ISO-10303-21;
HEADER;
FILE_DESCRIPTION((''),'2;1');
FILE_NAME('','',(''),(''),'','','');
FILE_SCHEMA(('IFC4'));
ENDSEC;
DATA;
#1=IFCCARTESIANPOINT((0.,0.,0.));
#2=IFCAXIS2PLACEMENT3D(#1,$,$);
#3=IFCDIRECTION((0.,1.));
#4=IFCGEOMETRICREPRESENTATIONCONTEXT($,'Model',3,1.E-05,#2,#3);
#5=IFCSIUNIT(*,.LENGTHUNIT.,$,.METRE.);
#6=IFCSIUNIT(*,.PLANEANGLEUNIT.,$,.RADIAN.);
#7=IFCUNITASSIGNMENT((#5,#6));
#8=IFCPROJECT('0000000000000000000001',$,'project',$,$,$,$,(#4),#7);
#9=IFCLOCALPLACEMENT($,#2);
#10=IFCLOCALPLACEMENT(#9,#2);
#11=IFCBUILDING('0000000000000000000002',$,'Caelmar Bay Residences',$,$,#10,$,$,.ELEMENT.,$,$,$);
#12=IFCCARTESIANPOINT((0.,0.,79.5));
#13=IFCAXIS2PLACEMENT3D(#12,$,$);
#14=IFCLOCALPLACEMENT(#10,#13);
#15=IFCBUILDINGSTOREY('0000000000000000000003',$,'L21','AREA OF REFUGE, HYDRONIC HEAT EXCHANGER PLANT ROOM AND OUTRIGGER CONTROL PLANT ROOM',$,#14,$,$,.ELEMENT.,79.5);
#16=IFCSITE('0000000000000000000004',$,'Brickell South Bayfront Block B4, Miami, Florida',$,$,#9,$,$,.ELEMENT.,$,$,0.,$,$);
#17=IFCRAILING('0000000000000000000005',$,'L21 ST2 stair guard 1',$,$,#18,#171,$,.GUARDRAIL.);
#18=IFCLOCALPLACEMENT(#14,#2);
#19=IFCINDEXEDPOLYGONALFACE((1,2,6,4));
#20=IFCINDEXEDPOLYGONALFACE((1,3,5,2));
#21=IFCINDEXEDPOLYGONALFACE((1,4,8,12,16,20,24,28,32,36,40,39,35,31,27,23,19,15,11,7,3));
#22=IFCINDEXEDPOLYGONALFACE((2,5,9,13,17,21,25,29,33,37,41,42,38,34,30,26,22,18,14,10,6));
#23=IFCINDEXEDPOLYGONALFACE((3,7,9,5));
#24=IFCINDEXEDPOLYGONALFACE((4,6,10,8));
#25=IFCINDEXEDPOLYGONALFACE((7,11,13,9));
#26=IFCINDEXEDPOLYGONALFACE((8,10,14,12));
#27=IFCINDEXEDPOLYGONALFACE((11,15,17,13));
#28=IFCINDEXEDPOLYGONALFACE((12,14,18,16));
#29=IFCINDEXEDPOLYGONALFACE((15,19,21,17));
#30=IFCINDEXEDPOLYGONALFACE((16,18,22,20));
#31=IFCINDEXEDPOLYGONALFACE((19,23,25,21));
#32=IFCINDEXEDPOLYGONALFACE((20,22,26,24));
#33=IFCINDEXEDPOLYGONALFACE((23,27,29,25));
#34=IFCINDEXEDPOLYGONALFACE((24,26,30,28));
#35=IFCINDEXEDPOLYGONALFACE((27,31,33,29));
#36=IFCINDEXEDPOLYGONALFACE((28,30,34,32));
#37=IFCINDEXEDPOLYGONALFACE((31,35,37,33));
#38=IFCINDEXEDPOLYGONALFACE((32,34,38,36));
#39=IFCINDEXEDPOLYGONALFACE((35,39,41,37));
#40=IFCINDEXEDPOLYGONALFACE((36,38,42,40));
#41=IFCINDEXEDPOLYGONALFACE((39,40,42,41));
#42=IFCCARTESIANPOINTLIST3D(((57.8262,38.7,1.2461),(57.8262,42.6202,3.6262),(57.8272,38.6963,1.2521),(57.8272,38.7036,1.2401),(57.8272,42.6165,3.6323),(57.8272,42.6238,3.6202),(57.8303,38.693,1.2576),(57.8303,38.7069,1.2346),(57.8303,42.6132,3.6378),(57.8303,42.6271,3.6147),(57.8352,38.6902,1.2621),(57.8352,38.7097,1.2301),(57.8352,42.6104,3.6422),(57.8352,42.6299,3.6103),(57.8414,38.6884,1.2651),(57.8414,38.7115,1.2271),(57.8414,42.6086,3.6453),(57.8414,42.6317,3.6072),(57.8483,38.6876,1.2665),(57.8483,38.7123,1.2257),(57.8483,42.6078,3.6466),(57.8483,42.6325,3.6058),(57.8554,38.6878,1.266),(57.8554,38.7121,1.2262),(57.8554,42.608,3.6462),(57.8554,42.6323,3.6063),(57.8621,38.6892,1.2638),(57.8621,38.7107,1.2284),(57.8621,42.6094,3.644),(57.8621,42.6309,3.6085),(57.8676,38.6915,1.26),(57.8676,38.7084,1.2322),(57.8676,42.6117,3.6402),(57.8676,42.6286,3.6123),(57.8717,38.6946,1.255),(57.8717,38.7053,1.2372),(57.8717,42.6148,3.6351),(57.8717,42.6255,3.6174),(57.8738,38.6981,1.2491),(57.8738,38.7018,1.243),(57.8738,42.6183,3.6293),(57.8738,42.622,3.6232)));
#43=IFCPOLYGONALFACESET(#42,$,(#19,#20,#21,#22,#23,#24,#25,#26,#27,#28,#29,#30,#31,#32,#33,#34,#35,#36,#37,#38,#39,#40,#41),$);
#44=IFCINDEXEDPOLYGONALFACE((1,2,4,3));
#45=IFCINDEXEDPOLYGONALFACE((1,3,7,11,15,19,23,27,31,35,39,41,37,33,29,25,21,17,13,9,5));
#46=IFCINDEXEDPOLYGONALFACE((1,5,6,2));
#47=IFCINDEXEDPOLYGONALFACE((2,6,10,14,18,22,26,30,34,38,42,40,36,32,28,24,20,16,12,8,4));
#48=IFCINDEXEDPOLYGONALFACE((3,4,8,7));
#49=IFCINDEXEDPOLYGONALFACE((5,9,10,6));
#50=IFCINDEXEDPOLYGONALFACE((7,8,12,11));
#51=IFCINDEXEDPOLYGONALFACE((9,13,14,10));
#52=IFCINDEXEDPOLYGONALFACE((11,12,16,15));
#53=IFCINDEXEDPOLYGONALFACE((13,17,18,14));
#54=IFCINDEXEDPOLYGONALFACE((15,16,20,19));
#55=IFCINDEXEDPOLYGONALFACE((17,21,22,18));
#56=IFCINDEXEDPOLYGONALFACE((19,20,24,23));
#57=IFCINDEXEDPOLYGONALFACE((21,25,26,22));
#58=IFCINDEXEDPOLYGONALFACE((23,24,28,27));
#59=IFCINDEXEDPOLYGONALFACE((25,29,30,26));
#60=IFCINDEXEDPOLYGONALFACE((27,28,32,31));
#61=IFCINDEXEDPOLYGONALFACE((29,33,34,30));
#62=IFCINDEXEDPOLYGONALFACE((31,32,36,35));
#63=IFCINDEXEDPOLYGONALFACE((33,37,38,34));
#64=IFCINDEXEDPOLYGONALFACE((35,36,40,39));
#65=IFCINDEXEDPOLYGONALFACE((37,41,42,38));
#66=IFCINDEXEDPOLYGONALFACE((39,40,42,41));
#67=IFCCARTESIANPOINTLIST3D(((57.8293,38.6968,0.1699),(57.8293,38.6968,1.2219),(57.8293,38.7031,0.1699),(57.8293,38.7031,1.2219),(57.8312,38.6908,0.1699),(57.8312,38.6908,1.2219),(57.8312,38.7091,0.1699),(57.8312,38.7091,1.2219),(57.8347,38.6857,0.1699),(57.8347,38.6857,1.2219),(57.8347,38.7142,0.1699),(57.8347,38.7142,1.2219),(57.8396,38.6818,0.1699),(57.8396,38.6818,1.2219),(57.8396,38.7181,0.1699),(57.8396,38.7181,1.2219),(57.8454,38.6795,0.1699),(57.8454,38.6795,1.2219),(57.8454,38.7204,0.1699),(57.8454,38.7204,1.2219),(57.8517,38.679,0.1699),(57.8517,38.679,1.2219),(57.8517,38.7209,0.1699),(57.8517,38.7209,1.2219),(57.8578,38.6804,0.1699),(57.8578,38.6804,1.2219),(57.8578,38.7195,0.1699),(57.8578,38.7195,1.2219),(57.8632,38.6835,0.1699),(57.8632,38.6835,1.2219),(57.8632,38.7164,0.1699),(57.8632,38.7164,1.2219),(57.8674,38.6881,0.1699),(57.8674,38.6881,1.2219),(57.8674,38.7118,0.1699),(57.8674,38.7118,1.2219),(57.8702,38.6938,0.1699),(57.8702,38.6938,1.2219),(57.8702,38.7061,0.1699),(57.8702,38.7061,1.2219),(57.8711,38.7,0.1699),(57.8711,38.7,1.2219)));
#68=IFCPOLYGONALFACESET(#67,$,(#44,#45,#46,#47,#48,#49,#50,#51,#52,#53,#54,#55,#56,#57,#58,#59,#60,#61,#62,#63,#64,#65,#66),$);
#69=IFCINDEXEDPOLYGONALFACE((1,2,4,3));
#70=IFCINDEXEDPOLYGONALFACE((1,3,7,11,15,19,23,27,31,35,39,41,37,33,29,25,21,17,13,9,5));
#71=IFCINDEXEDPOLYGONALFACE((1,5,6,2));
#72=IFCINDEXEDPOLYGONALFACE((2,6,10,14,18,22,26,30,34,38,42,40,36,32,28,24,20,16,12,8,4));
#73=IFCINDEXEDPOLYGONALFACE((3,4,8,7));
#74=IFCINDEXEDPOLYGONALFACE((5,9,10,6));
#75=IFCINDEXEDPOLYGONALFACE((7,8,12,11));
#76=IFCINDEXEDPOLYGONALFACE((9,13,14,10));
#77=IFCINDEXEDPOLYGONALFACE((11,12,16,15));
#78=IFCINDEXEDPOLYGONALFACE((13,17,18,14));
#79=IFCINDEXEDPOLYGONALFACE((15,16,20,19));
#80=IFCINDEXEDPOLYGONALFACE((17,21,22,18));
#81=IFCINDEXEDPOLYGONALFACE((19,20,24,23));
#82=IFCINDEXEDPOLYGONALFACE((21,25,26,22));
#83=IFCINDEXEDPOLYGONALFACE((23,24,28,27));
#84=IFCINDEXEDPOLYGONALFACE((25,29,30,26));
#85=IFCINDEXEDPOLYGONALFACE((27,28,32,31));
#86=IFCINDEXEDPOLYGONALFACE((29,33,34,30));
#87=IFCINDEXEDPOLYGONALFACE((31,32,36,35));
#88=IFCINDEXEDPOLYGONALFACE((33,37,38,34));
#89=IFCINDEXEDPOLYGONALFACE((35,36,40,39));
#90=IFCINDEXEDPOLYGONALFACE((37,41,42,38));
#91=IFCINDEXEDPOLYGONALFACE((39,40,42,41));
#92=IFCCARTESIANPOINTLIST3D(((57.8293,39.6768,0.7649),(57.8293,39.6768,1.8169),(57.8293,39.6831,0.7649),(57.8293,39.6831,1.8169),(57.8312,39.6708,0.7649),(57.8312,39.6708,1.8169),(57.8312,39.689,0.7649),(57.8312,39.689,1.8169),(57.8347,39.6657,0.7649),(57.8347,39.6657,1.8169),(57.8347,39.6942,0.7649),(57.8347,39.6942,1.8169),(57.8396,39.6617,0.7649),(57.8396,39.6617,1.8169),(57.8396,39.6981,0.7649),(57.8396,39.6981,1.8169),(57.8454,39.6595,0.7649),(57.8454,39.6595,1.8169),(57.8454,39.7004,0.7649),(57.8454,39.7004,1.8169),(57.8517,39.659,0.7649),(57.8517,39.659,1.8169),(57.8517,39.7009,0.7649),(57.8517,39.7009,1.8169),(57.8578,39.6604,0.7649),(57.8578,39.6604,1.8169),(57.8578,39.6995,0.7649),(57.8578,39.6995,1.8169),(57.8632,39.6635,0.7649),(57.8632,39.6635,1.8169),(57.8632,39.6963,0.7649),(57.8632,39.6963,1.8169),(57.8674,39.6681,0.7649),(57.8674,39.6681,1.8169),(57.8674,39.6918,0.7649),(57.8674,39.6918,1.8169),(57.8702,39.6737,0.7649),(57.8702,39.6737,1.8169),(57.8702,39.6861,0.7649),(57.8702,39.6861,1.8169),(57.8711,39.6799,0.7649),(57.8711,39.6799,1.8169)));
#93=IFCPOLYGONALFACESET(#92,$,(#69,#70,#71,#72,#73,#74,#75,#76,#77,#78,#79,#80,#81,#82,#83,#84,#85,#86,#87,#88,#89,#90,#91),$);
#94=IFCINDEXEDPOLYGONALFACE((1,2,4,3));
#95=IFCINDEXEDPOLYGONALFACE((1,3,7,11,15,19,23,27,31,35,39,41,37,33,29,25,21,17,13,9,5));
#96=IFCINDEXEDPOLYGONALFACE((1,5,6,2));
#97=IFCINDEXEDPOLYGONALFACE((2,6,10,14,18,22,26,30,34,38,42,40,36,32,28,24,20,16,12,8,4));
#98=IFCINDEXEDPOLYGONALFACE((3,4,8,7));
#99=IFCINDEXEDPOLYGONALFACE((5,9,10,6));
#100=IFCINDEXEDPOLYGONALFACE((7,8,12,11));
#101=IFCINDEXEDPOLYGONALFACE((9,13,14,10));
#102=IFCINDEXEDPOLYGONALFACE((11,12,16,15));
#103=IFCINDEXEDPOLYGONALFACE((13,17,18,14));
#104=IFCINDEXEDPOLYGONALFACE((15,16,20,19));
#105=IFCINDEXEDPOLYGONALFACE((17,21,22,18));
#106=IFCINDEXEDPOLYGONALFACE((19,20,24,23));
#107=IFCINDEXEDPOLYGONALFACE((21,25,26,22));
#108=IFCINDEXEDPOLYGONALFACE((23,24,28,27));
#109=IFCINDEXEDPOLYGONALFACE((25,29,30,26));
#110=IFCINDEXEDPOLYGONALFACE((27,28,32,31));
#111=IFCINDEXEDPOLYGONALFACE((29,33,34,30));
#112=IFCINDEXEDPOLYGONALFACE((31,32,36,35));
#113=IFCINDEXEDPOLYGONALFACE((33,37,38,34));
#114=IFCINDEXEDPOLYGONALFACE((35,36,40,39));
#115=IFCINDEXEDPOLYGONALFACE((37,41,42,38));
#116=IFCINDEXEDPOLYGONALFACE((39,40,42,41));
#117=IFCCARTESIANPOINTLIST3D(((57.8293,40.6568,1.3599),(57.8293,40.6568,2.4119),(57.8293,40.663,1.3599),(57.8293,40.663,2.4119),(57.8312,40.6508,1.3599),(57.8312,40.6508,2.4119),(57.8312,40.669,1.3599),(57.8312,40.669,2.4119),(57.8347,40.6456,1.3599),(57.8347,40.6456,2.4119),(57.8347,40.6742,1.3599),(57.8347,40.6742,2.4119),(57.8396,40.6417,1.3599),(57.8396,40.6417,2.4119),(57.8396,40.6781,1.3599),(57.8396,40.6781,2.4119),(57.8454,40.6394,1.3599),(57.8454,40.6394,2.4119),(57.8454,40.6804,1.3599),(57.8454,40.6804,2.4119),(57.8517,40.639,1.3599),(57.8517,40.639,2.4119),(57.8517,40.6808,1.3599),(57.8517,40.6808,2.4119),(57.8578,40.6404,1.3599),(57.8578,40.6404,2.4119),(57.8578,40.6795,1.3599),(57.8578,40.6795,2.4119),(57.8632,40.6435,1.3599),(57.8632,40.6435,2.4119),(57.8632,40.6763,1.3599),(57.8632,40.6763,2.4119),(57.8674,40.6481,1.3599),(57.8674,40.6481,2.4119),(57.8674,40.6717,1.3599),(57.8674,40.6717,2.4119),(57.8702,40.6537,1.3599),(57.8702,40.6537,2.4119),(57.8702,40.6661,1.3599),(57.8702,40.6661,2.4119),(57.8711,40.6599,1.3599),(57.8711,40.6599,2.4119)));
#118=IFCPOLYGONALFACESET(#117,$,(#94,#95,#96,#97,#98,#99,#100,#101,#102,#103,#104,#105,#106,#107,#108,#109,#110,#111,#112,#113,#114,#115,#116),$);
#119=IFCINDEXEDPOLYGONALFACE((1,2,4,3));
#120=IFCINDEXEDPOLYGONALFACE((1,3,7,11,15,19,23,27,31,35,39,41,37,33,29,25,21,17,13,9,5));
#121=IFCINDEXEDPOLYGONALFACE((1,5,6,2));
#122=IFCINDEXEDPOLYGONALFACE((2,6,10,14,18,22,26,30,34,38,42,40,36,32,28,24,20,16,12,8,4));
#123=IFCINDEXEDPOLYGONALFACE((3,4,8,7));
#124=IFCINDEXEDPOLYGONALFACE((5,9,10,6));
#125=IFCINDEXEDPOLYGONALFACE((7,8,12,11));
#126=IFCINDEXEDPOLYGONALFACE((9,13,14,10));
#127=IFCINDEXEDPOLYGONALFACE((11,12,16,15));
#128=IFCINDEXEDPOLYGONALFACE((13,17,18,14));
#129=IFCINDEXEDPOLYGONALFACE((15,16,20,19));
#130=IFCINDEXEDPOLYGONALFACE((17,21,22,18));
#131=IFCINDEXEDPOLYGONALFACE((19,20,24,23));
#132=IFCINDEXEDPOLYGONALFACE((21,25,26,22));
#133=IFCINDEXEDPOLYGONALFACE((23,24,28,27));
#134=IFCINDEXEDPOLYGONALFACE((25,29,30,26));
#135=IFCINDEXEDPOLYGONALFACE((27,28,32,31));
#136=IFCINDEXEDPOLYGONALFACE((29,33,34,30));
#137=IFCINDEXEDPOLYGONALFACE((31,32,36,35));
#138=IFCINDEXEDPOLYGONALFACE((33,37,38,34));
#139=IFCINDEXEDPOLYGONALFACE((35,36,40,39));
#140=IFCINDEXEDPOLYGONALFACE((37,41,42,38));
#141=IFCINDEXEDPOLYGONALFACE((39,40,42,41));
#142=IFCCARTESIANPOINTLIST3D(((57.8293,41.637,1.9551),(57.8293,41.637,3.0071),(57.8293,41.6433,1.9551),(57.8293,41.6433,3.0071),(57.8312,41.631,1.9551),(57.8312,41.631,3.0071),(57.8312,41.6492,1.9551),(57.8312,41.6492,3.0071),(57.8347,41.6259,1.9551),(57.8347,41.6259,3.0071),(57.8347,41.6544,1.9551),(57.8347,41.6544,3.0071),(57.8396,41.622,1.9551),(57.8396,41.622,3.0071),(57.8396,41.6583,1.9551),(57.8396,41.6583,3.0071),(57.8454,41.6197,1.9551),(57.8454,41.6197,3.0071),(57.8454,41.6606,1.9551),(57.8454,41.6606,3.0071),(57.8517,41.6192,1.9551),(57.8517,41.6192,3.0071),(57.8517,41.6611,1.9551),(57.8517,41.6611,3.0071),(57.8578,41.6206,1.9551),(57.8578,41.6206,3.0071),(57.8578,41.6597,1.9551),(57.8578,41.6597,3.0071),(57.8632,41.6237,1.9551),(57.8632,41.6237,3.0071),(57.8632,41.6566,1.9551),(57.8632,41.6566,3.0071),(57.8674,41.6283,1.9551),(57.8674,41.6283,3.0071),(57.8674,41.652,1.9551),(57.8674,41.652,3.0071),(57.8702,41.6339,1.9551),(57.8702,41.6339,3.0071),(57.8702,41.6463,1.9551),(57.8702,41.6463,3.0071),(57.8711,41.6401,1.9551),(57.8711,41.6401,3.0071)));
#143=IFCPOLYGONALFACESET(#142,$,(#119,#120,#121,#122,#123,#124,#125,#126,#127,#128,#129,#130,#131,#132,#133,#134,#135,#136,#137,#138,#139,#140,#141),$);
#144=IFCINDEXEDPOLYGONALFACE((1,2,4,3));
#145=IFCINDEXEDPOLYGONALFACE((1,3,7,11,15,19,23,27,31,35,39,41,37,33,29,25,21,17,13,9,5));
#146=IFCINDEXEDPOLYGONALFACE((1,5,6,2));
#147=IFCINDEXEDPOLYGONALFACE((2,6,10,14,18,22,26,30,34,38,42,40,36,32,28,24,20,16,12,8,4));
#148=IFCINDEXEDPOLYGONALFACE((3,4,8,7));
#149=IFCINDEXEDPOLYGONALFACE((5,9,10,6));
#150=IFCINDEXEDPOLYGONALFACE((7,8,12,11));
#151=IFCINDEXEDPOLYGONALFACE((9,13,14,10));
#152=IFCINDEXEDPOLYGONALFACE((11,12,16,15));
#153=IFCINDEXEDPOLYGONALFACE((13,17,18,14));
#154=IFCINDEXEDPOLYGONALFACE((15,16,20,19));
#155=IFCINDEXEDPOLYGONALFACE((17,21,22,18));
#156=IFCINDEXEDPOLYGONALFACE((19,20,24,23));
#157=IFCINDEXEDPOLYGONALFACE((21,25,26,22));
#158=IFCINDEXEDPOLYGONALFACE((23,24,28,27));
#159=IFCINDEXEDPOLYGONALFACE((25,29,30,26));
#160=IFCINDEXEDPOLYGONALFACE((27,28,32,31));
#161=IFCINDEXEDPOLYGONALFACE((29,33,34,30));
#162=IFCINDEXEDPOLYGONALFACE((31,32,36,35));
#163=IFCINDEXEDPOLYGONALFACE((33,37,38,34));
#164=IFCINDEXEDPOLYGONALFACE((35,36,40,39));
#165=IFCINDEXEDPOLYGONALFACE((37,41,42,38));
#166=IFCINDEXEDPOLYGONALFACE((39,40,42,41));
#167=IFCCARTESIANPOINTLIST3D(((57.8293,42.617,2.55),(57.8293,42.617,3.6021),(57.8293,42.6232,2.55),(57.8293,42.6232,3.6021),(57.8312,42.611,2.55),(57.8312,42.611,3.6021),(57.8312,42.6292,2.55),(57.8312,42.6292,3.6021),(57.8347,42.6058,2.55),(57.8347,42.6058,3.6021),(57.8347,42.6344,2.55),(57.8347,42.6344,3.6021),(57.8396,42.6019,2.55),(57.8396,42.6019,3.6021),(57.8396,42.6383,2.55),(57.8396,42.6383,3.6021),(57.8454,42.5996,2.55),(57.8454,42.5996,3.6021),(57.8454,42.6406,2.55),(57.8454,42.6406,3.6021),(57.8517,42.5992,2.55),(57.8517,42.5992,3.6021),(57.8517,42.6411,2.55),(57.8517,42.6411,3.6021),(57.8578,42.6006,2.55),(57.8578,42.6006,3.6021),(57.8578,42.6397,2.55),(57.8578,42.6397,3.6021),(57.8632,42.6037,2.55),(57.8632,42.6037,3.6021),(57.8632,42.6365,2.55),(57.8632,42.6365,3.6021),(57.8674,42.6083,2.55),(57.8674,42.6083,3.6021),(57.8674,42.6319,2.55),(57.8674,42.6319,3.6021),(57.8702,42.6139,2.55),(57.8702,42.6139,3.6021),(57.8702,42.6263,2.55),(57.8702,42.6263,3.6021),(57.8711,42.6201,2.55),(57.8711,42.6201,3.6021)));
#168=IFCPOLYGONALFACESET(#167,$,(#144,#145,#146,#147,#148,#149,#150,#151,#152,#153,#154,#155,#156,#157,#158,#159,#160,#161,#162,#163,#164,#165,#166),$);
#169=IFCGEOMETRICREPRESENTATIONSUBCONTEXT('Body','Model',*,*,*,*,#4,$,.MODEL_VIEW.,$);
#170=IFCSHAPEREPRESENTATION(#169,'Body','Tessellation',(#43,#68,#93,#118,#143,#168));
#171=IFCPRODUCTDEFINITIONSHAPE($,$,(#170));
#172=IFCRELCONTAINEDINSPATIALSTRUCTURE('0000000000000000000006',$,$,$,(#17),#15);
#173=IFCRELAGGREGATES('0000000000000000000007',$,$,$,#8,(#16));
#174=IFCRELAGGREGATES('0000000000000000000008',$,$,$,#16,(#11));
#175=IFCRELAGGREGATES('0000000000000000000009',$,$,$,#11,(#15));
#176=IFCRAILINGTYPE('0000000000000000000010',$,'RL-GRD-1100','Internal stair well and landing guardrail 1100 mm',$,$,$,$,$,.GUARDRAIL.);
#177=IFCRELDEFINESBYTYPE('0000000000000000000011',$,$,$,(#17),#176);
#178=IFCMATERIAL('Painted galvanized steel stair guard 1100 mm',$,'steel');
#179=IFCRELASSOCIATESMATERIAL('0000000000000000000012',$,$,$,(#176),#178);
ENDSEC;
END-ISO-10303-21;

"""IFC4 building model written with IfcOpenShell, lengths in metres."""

from ifc_helpers import new_model, si_unit, direction, frame, origin, origin_2d, place, context, subcontext, project, spatial, circle, extrude, material, type_object, element, save


model = new_model("IFC4")

# Units and contexts
model_context = context("Model", 3, precision=1e-05, world=origin(), true_north=direction((0.0, 1.0)))
body_context = subcontext(model_context, "Body", "Model", "MODEL_VIEW")
ifc_project = project(units=[si_unit("LENGTHUNIT", "METRE"), si_unit("PLANEANGLEUNIT", "RADIAN")], contexts=[model_context])

# Site, building, storey
site_placement = place(None, origin())
site = spatial("IfcSite", under=ifc_project, at=site_placement, Name="Brickell South Bayfront Block B4, Miami, Florida", CompositionType="ELEMENT", RefElevation=0.0)
building_placement = place(site_placement, origin())
building = spatial("IfcBuilding", under=site, at=building_placement, Name="Caelmar Bay Residences", CompositionType="ELEMENT")
storey_placement = place(building_placement, frame((0.0, 0.0, 79.5)))
storey = spatial("IfcBuildingStorey", under=building, at=storey_placement, Name="L21", Description="AREA OF REFUGE, HYDRONIC HEAT EXCHANGER PLANT ROOM AND OUTRIGGER CONTROL PLANT ROOM", CompositionType="ELEMENT", Elevation=79.5)

# Railing
ifc_material_1 = material(Name="Painted galvanized steel stair guard 1100 mm", Category="steel")
railing_type_1 = type_object("IfcRailingType", Name="RL-GRD-1100", Description="Internal stair well and landing guardrail 1100 mm", PredefinedType="GUARDRAIL", material=ifc_material_1)
railing_1_placement = place(storey_placement, frame((57.8501, 38.7, 0.1699)))
element("IfcRailing", 1, at=railing_1_placement, inside=storey, type_object=railing_type_1, Name="L21 ST2 stair guard 1", PredefinedType="GUARDRAIL", context=body_context, shape_type="SweptSolid", body=[
    extrude(circle(Radius=0.0239, at=origin_2d()), frame((0.0, 0.0, 1.0762), z_axis=(0.0, 0.854785, 0.518982), x_axis=(-1.0, 0.0, 0.0)), (0.0, 0.0, 1.0), 4.5862),
    extrude(circle(Radius=0.021, at=origin_2d()), origin(), (0.0, 0.0, 1.0), 1.052),
    extrude(circle(Radius=0.021, at=origin_2d()), frame((0.0, 0.98, 0.595)), (0.0, 0.0, 1.0), 1.052),
    extrude(circle(Radius=0.021, at=origin_2d()), frame((0.0, 1.96, 1.1899)), (0.0, 0.0, 1.0), 1.052),
    extrude(circle(Radius=0.021, at=origin_2d()), frame((0.0, 2.9402, 1.7852)), (0.0, 0.0, 1.0), 1.052),
    extrude(circle(Radius=0.021, at=origin_2d()), frame((0.0, 3.9202, 2.3801)), (0.0, 0.0, 1.0), 1.052),
])

save(model, "model.ifc")
